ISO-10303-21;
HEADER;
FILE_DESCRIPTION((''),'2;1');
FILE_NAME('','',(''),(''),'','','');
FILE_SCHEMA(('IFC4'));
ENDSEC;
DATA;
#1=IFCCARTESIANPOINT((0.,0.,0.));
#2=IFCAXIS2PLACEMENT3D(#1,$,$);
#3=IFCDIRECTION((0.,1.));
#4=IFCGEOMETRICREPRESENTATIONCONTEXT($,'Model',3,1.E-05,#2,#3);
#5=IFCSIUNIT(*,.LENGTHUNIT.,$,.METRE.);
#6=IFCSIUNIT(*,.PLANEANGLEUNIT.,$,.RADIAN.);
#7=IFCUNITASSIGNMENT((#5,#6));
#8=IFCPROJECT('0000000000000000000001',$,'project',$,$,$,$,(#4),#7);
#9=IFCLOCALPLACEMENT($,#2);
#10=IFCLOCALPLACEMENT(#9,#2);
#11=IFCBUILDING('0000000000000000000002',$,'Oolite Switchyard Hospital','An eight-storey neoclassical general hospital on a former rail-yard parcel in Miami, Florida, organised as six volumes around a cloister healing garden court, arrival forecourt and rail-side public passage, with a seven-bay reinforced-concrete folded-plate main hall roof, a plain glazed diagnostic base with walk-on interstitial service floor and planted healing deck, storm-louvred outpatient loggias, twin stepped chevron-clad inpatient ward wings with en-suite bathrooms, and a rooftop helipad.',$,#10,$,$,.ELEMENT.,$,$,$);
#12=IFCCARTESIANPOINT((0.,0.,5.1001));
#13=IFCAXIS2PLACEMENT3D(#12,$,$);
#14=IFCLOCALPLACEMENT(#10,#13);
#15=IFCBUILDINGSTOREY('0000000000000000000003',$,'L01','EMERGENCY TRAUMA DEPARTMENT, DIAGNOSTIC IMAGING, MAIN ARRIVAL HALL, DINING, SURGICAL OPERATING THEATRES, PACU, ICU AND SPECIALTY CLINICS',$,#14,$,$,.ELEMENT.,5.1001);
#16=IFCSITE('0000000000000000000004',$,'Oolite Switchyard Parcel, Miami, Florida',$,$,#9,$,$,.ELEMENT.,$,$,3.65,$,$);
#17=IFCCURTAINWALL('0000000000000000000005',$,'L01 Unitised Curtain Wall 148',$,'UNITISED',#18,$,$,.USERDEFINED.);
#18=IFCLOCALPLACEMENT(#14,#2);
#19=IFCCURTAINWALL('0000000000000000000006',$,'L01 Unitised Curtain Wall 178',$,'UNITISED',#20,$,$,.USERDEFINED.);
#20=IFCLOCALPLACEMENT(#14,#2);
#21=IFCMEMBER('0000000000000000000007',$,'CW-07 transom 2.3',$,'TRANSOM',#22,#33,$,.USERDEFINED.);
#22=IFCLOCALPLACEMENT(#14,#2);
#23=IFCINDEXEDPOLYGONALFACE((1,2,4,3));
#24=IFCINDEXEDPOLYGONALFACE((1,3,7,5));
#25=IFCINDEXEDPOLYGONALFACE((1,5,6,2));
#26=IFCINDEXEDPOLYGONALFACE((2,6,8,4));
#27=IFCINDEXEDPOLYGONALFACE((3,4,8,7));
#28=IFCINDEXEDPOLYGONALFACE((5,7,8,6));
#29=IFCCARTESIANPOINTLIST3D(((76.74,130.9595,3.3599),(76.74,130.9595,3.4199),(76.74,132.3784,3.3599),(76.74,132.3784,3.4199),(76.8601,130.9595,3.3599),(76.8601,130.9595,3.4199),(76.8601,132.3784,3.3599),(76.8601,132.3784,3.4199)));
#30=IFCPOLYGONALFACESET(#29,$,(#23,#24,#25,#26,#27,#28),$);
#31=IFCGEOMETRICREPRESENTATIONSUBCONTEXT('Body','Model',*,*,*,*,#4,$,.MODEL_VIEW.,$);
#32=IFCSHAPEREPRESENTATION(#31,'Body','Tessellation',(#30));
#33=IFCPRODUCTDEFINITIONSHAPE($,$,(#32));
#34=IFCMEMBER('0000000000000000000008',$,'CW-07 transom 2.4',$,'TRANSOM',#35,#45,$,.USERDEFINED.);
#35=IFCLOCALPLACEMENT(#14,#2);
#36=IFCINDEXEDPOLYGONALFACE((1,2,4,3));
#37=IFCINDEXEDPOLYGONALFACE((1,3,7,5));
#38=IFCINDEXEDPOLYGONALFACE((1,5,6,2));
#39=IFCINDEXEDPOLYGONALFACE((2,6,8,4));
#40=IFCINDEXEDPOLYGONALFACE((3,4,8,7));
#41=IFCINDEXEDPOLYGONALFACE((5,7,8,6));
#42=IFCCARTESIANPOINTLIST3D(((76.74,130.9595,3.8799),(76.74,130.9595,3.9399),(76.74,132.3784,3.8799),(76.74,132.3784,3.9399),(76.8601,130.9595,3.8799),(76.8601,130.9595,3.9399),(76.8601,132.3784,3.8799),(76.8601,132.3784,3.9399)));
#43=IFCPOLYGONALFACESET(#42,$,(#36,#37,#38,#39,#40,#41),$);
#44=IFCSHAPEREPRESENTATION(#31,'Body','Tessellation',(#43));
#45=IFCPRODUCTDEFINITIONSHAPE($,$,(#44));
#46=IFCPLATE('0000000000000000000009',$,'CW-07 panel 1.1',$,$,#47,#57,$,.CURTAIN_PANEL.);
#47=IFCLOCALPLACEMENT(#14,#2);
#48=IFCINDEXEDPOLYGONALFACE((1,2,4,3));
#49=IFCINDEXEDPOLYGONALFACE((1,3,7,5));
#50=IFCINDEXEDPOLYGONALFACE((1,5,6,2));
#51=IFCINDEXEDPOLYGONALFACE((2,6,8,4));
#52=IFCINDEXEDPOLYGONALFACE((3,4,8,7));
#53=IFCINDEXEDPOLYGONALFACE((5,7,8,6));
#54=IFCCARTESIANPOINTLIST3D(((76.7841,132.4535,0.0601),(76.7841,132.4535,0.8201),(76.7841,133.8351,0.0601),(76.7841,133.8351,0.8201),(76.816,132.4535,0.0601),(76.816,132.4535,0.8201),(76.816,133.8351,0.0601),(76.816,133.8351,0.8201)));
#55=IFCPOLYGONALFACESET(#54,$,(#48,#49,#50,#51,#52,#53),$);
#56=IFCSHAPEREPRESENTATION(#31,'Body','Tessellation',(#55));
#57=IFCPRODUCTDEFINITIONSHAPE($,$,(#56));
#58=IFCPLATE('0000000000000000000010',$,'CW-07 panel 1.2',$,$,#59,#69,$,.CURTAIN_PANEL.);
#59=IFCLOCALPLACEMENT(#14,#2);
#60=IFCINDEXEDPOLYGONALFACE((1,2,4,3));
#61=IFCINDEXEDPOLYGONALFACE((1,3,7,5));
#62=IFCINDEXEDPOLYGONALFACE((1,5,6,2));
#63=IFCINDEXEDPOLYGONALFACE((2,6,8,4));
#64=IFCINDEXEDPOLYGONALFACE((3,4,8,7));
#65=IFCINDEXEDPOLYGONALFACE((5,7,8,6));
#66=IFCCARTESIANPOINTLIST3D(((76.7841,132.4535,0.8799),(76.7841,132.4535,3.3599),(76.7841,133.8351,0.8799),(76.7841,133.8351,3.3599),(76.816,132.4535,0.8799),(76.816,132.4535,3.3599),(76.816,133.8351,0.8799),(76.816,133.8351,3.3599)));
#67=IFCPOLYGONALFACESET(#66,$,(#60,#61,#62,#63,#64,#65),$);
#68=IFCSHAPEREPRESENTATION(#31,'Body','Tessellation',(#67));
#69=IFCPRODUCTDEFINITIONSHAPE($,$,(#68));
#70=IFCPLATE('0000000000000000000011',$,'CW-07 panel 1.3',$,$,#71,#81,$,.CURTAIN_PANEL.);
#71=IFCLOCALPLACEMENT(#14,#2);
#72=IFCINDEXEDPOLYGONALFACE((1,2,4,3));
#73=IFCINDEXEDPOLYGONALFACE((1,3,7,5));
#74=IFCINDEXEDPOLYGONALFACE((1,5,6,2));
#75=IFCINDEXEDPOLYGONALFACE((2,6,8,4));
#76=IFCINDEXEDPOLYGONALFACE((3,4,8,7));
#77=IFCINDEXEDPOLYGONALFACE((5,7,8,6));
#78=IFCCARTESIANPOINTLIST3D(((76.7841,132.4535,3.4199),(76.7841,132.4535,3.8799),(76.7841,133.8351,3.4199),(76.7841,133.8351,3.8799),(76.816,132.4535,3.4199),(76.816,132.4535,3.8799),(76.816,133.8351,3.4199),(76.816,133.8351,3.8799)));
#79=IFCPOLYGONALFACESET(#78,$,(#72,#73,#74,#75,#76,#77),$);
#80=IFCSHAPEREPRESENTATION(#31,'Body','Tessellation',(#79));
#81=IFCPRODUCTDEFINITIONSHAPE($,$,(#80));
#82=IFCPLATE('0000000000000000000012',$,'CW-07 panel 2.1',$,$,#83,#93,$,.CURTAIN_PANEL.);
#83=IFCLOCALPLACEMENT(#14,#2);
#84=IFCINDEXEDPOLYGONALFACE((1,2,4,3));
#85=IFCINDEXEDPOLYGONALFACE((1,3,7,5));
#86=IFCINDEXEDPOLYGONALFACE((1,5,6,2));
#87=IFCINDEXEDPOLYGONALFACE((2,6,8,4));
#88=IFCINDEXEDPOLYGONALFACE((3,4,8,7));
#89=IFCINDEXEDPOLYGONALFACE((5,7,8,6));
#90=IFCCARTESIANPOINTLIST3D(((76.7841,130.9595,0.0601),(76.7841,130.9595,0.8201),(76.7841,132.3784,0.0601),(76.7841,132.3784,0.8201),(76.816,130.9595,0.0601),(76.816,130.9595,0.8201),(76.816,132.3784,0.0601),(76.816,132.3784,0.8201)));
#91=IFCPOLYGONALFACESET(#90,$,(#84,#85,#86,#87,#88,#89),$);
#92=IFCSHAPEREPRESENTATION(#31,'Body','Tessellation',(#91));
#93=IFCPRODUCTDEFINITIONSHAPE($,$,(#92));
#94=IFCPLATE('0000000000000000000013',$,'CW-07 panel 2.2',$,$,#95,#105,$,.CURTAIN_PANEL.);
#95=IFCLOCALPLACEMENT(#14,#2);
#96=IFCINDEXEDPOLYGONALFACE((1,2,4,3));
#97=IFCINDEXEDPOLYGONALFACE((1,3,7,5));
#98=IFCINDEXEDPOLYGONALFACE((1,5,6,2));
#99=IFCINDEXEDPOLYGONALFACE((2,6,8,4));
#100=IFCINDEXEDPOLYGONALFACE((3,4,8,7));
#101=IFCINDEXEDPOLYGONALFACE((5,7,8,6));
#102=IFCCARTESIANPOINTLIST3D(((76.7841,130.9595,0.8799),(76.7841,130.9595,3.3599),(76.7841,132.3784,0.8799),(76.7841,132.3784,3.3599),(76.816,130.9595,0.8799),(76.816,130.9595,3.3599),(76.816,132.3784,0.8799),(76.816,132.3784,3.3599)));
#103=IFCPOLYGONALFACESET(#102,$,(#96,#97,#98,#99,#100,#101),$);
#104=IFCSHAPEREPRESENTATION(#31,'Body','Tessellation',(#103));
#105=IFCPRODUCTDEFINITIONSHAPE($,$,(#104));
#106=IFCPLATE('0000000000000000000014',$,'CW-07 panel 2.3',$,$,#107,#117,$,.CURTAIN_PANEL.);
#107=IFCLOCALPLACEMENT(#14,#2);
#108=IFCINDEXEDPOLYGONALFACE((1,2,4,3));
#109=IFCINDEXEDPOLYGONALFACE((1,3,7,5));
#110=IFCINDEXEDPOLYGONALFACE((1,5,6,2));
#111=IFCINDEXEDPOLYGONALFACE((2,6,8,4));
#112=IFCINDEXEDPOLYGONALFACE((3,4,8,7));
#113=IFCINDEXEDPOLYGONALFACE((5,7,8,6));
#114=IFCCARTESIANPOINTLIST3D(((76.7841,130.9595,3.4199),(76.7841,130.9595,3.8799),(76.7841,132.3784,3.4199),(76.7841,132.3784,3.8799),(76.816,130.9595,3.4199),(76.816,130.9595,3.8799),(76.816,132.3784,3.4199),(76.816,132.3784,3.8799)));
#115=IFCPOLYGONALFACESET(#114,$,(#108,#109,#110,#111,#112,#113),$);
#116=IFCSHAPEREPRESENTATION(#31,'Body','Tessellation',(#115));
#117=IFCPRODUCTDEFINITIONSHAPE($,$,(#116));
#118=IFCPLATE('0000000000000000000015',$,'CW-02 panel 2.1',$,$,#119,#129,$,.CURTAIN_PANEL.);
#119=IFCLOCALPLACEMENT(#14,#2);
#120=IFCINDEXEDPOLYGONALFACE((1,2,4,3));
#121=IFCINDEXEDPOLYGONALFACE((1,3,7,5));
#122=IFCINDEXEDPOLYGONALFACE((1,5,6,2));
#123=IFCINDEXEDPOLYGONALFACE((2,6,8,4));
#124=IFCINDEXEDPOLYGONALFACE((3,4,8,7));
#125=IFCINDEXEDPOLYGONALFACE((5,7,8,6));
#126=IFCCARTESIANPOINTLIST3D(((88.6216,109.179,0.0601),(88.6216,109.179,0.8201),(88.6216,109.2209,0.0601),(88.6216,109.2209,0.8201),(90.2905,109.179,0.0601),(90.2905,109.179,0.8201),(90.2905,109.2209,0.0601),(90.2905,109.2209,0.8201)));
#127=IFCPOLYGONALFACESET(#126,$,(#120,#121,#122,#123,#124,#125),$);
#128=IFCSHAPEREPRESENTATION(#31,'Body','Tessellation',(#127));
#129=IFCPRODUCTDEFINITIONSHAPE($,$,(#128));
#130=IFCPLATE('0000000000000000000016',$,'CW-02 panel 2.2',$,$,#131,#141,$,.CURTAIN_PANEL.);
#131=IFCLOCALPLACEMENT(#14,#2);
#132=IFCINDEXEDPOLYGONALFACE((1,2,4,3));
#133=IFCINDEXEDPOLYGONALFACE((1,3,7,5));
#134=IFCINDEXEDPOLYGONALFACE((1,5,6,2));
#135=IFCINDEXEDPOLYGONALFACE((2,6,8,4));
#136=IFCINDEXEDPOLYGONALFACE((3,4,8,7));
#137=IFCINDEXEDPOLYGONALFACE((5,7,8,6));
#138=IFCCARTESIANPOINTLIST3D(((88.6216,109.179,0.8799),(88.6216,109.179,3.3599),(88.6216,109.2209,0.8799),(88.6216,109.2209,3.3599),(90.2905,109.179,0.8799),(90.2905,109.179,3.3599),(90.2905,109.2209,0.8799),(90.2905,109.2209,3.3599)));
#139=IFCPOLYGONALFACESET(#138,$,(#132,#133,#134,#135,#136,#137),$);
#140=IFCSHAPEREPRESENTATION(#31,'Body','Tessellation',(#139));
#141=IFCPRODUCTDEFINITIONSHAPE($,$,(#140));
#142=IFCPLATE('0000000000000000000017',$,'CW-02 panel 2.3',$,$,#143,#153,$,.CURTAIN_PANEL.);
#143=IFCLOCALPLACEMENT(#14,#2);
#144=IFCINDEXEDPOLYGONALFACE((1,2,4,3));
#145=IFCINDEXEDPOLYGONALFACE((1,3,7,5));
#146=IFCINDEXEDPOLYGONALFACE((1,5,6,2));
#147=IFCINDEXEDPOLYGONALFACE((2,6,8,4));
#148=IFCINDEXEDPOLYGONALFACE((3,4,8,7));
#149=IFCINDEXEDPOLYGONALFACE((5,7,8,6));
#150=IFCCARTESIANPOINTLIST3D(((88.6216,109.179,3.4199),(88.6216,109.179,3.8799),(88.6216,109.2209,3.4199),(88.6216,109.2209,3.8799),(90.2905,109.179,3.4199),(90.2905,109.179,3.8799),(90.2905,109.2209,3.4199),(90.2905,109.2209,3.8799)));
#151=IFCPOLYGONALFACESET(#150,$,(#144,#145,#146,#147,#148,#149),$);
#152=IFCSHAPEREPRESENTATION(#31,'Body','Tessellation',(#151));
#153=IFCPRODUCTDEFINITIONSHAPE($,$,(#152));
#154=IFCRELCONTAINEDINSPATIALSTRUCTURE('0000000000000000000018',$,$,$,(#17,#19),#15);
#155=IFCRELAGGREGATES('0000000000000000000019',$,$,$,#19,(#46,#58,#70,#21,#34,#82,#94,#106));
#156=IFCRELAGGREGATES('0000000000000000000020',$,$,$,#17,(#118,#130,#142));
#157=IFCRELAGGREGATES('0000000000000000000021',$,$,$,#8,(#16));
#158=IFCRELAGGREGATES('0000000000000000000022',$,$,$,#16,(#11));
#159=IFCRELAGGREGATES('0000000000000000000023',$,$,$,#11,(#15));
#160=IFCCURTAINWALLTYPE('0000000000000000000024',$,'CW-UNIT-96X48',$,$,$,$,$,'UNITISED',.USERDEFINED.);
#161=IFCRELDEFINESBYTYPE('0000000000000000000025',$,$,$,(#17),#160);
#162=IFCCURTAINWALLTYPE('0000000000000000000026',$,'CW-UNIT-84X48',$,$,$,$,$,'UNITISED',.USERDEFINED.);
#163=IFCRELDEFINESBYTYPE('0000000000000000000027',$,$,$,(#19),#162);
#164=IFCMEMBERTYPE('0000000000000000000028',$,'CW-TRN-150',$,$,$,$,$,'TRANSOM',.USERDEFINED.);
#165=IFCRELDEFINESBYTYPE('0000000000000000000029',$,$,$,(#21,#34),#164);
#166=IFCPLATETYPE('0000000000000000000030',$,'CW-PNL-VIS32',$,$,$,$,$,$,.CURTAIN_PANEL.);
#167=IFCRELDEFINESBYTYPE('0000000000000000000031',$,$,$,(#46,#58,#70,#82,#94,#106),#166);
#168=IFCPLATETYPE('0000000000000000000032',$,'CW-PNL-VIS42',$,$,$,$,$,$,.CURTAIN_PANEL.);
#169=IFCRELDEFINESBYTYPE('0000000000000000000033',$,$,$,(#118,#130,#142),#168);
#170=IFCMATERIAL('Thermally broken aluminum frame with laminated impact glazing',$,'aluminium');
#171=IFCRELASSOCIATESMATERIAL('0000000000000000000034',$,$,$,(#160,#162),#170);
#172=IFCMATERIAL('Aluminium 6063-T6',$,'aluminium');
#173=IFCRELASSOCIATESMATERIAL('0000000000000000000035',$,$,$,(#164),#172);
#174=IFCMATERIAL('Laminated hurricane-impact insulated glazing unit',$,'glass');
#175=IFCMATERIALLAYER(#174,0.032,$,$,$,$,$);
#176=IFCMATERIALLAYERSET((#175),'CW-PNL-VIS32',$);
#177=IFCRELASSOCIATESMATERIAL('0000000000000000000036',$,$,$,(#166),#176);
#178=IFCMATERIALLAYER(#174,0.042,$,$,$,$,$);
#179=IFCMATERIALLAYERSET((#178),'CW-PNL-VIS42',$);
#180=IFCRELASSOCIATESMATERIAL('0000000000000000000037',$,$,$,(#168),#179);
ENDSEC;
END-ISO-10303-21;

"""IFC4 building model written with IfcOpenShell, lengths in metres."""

from ifc_helpers import new_model, si_unit, direction, frame, origin, origin_2d, place, context, subcontext, project, spatial, rectangle, extrude, material, layer, layer_set, material_profile, profile_set, type_object, element, aggregate, save


model = new_model("IFC4")

# Units and contexts
model_context = context("Model", 3, precision=1e-05, world=origin(), true_north=direction((0.0, 1.0)))
body_context = subcontext(model_context, "Body", "Model", "MODEL_VIEW")
ifc_project = project(units=[si_unit("LENGTHUNIT", "METRE"), si_unit("PLANEANGLEUNIT", "RADIAN")], contexts=[model_context])

# Site, building, storey
site_placement = place(None, origin())
site = spatial("IfcSite", under=ifc_project, at=site_placement, Name="Oolite Switchyard Parcel, Miami, Florida", CompositionType="ELEMENT", RefElevation=3.65)
building_placement = place(site_placement, origin())
building = spatial("IfcBuilding", under=site, at=building_placement, Name="Oolite Switchyard Hospital", Description="An eight-storey neoclassical general hospital on a former rail-yard parcel in Miami, Florida, organised as six volumes around a cloister healing garden court, arrival forecourt and rail-side public passage, with a seven-bay reinforced-concrete folded-plate main hall roof, a plain glazed diagnostic base with walk-on interstitial service floor and planted healing deck, storm-louvred outpatient loggias, twin stepped chevron-clad inpatient ward wings with en-suite bathrooms, and a rooftop helipad.", CompositionType="ELEMENT")
storey_placement = place(building_placement, frame((0.0, 0.0, 5.1001)))
storey = spatial("IfcBuildingStorey", under=building, at=storey_placement, Name="L01", Description="EMERGENCY TRAUMA DEPARTMENT, DIAGNOSTIC IMAGING, MAIN ARRIVAL HALL, DINING, SURGICAL OPERATING THEATRES, PACU, ICU AND SPECIALTY CLINICS", CompositionType="ELEMENT", Elevation=5.1001)

# Curtain wall
ifc_material_1 = material(Name="Thermally broken aluminum frame with laminated impact glazing", Category="aluminium")
curtain_wall_type_1 = type_object("IfcCurtainWallType", Name="CW-UNIT-96X48", ElementType="UNITISED", PredefinedType="USERDEFINED", material=ifc_material_1)
curtain_wall_1_placement = place(storey_placement, origin())
curtain_wall_1 = element("IfcCurtainWall", 1, at=curtain_wall_1_placement, inside=storey, type_object=curtain_wall_type_1, Name="L01 Unitised Curtain Wall 148", ObjectType="UNITISED", PredefinedType="USERDEFINED")
ifc_material_2 = material(Name="Aluminium 6063-T6", Category="aluminium")

# Curtain wall
curtain_wall_type_2 = type_object("IfcCurtainWallType", Name="CW-UNIT-84X48", ElementType="UNITISED", PredefinedType="USERDEFINED", material=ifc_material_1)
curtain_wall_2_placement = place(storey_placement, origin())
curtain_wall_2 = element("IfcCurtainWall", 2, at=curtain_wall_2_placement, inside=storey, type_object=curtain_wall_type_2, Name="L01 Unitised Curtain Wall 178", ObjectType="UNITISED", PredefinedType="USERDEFINED")

# Members
ifc_material_profile_1 = material_profile(ifc_material_2, rectangle(XDim=0.1201, YDim=0.0601, at=origin_2d()), Name="CWT60X120")
ifc_profile_set_1 = profile_set([ifc_material_profile_1], Name="Aluminium 6063-T6")
member_type_1 = type_object("IfcMemberType", Name="CW-TRN-150", ElementType="TRANSOM", PredefinedType="USERDEFINED", material=ifc_profile_set_1)
member_1_placement = place(storey_placement, frame((76.8, 132.3784, 3.3899), z_axis=(0.0, -1.0, 0.0), x_axis=(1.0, 0.0, 0.0)))
member_1 = element("IfcMember", 3, at=member_1_placement, type_object=member_type_1, Name="CW-07 transom 2.3", ObjectType="TRANSOM", PredefinedType="USERDEFINED", context=body_context, shape_type="SweptSolid", body=[
    extrude(rectangle(XDim=0.1201, YDim=0.0601, at=origin_2d()), origin(), (0.0, 0.0, 1.0), 1.4189),
])
member_2_placement = place(storey_placement, frame((76.8, 132.3784, 3.9099), z_axis=(0.0, -1.0, 0.0), x_axis=(1.0, 0.0, 0.0)))
member_2 = element("IfcMember", 4, at=member_2_placement, type_object=member_type_1, Name="CW-07 transom 2.4", ObjectType="TRANSOM", PredefinedType="USERDEFINED", context=body_context, shape_type="SweptSolid", body=[
    extrude(rectangle(XDim=0.1201, YDim=0.0601, at=origin_2d()), origin(), (0.0, 0.0, 1.0), 1.4189),
])

# Plates
ifc_material_3 = material(Name="Laminated hurricane-impact insulated glazing unit", Category="glass")
ifc_layer_1 = layer(ifc_material_3, 0.032)
ifc_layer_set_1 = layer_set([ifc_layer_1], Name="CW-PNL-VIS32")
plate_type_1 = type_object("IfcPlateType", Name="CW-PNL-VIS32", PredefinedType="CURTAIN_PANEL", material=ifc_layer_set_1)
plate_1_placement = place(storey_placement, frame((76.8, 133.1443, 0.0601), z_axis=(0.0, 0.0, 1.0), x_axis=(0.0, -1.0, 0.0)))
plate_1 = element("IfcPlate", 5, at=plate_1_placement, type_object=plate_type_1, Name="CW-07 panel 1.1", PredefinedType="CURTAIN_PANEL", context=body_context, shape_type="SweptSolid", body=[
    extrude(rectangle(XDim=1.3816, YDim=0.032, at=origin_2d()), origin(), (0.0, 0.0, 1.0), 0.76),
])
plate_2_placement = place(storey_placement, frame((76.8, 133.1443, 0.8799), z_axis=(0.0, 0.0, 1.0), x_axis=(0.0, -1.0, 0.0)))
plate_2 = element("IfcPlate", 6, at=plate_2_placement, type_object=plate_type_1, Name="CW-07 panel 1.2", PredefinedType="CURTAIN_PANEL", context=body_context, shape_type="SweptSolid", body=[
    extrude(rectangle(XDim=1.3816, YDim=0.032, at=origin_2d()), origin(), (0.0, 0.0, 1.0), 2.48),
])
plate_3_placement = place(storey_placement, frame((76.8, 133.1443, 3.4199), z_axis=(0.0, 0.0, 1.0), x_axis=(0.0, -1.0, 0.0)))
plate_3 = element("IfcPlate", 7, at=plate_3_placement, type_object=plate_type_1, Name="CW-07 panel 1.3", PredefinedType="CURTAIN_PANEL", context=body_context, shape_type="SweptSolid", body=[
    extrude(rectangle(XDim=1.3816, YDim=0.032, at=origin_2d()), origin(), (0.0, 0.0, 1.0), 0.46),
])
plate_4_placement = place(storey_placement, frame((76.8, 131.6689, 0.0601), z_axis=(0.0, 0.0, 1.0), x_axis=(0.0, -1.0, 0.0)))
plate_4 = element("IfcPlate", 8, at=plate_4_placement, type_object=plate_type_1, Name="CW-07 panel 2.1", PredefinedType="CURTAIN_PANEL", context=body_context, shape_type="SweptSolid", body=[
    extrude(rectangle(XDim=1.4189, YDim=0.032, at=origin_2d()), origin(), (0.0, 0.0, 1.0), 0.76),
])
plate_5_placement = place(storey_placement, frame((76.8, 131.6689, 0.8799), z_axis=(0.0, 0.0, 1.0), x_axis=(0.0, -1.0, 0.0)))
plate_5 = element("IfcPlate", 9, at=plate_5_placement, type_object=plate_type_1, Name="CW-07 panel 2.2", PredefinedType="CURTAIN_PANEL", context=body_context, shape_type="SweptSolid", body=[
    extrude(rectangle(XDim=1.4189, YDim=0.032, at=origin_2d()), origin(), (0.0, 0.0, 1.0), 2.48),
])
plate_6_placement = place(storey_placement, frame((76.8, 131.6689, 3.4199), z_axis=(0.0, 0.0, 1.0), x_axis=(0.0, -1.0, 0.0)))
plate_6 = element("IfcPlate", 10, at=plate_6_placement, type_object=plate_type_1, Name="CW-07 panel 2.3", PredefinedType="CURTAIN_PANEL", context=body_context, shape_type="SweptSolid", body=[
    extrude(rectangle(XDim=1.4189, YDim=0.032, at=origin_2d()), origin(), (0.0, 0.0, 1.0), 0.46),
])
aggregate(curtain_wall_2, [plate_1, plate_2, plate_3, member_1, member_2, plate_4, plate_5, plate_6])
ifc_layer_2 = layer(ifc_material_3, 0.042)
ifc_layer_set_2 = layer_set([ifc_layer_2], Name="CW-PNL-VIS42")
plate_type_2 = type_object("IfcPlateType", Name="CW-PNL-VIS42", PredefinedType="CURTAIN_PANEL", material=ifc_layer_set_2)
plate_7_placement = place(storey_placement, frame((89.4561, 109.2, 0.0601), z_axis=(0.0, 0.0, 1.0), x_axis=(1.0, 0.0, 0.0)))
plate_7 = element("IfcPlate", 11, at=plate_7_placement, type_object=plate_type_2, Name="CW-02 panel 2.1", PredefinedType="CURTAIN_PANEL", context=body_context, shape_type="SweptSolid", body=[
    extrude(rectangle(XDim=1.6689, YDim=0.042, at=origin_2d()), origin(), (0.0, 0.0, 1.0), 0.76),
])
plate_8_placement = place(storey_placement, frame((89.4561, 109.2, 0.8799), z_axis=(0.0, 0.0, 1.0), x_axis=(1.0, 0.0, 0.0)))
plate_8 = element("IfcPlate", 12, at=plate_8_placement, type_object=plate_type_2, Name="CW-02 panel 2.2", PredefinedType="CURTAIN_PANEL", context=body_context, shape_type="SweptSolid", body=[
    extrude(rectangle(XDim=1.6689, YDim=0.042, at=origin_2d()), origin(), (0.0, 0.0, 1.0), 2.48),
])
plate_9_placement = place(storey_placement, frame((89.4561, 109.2, 3.4199), z_axis=(0.0, 0.0, 1.0), x_axis=(1.0, 0.0, 0.0)))
plate_9 = element("IfcPlate", 13, at=plate_9_placement, type_object=plate_type_2, Name="CW-02 panel 2.3", PredefinedType="CURTAIN_PANEL", context=body_context, shape_type="SweptSolid", body=[
    extrude(rectangle(XDim=1.6689, YDim=0.042, at=origin_2d()), origin(), (0.0, 0.0, 1.0), 0.46),
])
aggregate(curtain_wall_1, [plate_7, plate_8, plate_9])

save(model, "model.ifc")
